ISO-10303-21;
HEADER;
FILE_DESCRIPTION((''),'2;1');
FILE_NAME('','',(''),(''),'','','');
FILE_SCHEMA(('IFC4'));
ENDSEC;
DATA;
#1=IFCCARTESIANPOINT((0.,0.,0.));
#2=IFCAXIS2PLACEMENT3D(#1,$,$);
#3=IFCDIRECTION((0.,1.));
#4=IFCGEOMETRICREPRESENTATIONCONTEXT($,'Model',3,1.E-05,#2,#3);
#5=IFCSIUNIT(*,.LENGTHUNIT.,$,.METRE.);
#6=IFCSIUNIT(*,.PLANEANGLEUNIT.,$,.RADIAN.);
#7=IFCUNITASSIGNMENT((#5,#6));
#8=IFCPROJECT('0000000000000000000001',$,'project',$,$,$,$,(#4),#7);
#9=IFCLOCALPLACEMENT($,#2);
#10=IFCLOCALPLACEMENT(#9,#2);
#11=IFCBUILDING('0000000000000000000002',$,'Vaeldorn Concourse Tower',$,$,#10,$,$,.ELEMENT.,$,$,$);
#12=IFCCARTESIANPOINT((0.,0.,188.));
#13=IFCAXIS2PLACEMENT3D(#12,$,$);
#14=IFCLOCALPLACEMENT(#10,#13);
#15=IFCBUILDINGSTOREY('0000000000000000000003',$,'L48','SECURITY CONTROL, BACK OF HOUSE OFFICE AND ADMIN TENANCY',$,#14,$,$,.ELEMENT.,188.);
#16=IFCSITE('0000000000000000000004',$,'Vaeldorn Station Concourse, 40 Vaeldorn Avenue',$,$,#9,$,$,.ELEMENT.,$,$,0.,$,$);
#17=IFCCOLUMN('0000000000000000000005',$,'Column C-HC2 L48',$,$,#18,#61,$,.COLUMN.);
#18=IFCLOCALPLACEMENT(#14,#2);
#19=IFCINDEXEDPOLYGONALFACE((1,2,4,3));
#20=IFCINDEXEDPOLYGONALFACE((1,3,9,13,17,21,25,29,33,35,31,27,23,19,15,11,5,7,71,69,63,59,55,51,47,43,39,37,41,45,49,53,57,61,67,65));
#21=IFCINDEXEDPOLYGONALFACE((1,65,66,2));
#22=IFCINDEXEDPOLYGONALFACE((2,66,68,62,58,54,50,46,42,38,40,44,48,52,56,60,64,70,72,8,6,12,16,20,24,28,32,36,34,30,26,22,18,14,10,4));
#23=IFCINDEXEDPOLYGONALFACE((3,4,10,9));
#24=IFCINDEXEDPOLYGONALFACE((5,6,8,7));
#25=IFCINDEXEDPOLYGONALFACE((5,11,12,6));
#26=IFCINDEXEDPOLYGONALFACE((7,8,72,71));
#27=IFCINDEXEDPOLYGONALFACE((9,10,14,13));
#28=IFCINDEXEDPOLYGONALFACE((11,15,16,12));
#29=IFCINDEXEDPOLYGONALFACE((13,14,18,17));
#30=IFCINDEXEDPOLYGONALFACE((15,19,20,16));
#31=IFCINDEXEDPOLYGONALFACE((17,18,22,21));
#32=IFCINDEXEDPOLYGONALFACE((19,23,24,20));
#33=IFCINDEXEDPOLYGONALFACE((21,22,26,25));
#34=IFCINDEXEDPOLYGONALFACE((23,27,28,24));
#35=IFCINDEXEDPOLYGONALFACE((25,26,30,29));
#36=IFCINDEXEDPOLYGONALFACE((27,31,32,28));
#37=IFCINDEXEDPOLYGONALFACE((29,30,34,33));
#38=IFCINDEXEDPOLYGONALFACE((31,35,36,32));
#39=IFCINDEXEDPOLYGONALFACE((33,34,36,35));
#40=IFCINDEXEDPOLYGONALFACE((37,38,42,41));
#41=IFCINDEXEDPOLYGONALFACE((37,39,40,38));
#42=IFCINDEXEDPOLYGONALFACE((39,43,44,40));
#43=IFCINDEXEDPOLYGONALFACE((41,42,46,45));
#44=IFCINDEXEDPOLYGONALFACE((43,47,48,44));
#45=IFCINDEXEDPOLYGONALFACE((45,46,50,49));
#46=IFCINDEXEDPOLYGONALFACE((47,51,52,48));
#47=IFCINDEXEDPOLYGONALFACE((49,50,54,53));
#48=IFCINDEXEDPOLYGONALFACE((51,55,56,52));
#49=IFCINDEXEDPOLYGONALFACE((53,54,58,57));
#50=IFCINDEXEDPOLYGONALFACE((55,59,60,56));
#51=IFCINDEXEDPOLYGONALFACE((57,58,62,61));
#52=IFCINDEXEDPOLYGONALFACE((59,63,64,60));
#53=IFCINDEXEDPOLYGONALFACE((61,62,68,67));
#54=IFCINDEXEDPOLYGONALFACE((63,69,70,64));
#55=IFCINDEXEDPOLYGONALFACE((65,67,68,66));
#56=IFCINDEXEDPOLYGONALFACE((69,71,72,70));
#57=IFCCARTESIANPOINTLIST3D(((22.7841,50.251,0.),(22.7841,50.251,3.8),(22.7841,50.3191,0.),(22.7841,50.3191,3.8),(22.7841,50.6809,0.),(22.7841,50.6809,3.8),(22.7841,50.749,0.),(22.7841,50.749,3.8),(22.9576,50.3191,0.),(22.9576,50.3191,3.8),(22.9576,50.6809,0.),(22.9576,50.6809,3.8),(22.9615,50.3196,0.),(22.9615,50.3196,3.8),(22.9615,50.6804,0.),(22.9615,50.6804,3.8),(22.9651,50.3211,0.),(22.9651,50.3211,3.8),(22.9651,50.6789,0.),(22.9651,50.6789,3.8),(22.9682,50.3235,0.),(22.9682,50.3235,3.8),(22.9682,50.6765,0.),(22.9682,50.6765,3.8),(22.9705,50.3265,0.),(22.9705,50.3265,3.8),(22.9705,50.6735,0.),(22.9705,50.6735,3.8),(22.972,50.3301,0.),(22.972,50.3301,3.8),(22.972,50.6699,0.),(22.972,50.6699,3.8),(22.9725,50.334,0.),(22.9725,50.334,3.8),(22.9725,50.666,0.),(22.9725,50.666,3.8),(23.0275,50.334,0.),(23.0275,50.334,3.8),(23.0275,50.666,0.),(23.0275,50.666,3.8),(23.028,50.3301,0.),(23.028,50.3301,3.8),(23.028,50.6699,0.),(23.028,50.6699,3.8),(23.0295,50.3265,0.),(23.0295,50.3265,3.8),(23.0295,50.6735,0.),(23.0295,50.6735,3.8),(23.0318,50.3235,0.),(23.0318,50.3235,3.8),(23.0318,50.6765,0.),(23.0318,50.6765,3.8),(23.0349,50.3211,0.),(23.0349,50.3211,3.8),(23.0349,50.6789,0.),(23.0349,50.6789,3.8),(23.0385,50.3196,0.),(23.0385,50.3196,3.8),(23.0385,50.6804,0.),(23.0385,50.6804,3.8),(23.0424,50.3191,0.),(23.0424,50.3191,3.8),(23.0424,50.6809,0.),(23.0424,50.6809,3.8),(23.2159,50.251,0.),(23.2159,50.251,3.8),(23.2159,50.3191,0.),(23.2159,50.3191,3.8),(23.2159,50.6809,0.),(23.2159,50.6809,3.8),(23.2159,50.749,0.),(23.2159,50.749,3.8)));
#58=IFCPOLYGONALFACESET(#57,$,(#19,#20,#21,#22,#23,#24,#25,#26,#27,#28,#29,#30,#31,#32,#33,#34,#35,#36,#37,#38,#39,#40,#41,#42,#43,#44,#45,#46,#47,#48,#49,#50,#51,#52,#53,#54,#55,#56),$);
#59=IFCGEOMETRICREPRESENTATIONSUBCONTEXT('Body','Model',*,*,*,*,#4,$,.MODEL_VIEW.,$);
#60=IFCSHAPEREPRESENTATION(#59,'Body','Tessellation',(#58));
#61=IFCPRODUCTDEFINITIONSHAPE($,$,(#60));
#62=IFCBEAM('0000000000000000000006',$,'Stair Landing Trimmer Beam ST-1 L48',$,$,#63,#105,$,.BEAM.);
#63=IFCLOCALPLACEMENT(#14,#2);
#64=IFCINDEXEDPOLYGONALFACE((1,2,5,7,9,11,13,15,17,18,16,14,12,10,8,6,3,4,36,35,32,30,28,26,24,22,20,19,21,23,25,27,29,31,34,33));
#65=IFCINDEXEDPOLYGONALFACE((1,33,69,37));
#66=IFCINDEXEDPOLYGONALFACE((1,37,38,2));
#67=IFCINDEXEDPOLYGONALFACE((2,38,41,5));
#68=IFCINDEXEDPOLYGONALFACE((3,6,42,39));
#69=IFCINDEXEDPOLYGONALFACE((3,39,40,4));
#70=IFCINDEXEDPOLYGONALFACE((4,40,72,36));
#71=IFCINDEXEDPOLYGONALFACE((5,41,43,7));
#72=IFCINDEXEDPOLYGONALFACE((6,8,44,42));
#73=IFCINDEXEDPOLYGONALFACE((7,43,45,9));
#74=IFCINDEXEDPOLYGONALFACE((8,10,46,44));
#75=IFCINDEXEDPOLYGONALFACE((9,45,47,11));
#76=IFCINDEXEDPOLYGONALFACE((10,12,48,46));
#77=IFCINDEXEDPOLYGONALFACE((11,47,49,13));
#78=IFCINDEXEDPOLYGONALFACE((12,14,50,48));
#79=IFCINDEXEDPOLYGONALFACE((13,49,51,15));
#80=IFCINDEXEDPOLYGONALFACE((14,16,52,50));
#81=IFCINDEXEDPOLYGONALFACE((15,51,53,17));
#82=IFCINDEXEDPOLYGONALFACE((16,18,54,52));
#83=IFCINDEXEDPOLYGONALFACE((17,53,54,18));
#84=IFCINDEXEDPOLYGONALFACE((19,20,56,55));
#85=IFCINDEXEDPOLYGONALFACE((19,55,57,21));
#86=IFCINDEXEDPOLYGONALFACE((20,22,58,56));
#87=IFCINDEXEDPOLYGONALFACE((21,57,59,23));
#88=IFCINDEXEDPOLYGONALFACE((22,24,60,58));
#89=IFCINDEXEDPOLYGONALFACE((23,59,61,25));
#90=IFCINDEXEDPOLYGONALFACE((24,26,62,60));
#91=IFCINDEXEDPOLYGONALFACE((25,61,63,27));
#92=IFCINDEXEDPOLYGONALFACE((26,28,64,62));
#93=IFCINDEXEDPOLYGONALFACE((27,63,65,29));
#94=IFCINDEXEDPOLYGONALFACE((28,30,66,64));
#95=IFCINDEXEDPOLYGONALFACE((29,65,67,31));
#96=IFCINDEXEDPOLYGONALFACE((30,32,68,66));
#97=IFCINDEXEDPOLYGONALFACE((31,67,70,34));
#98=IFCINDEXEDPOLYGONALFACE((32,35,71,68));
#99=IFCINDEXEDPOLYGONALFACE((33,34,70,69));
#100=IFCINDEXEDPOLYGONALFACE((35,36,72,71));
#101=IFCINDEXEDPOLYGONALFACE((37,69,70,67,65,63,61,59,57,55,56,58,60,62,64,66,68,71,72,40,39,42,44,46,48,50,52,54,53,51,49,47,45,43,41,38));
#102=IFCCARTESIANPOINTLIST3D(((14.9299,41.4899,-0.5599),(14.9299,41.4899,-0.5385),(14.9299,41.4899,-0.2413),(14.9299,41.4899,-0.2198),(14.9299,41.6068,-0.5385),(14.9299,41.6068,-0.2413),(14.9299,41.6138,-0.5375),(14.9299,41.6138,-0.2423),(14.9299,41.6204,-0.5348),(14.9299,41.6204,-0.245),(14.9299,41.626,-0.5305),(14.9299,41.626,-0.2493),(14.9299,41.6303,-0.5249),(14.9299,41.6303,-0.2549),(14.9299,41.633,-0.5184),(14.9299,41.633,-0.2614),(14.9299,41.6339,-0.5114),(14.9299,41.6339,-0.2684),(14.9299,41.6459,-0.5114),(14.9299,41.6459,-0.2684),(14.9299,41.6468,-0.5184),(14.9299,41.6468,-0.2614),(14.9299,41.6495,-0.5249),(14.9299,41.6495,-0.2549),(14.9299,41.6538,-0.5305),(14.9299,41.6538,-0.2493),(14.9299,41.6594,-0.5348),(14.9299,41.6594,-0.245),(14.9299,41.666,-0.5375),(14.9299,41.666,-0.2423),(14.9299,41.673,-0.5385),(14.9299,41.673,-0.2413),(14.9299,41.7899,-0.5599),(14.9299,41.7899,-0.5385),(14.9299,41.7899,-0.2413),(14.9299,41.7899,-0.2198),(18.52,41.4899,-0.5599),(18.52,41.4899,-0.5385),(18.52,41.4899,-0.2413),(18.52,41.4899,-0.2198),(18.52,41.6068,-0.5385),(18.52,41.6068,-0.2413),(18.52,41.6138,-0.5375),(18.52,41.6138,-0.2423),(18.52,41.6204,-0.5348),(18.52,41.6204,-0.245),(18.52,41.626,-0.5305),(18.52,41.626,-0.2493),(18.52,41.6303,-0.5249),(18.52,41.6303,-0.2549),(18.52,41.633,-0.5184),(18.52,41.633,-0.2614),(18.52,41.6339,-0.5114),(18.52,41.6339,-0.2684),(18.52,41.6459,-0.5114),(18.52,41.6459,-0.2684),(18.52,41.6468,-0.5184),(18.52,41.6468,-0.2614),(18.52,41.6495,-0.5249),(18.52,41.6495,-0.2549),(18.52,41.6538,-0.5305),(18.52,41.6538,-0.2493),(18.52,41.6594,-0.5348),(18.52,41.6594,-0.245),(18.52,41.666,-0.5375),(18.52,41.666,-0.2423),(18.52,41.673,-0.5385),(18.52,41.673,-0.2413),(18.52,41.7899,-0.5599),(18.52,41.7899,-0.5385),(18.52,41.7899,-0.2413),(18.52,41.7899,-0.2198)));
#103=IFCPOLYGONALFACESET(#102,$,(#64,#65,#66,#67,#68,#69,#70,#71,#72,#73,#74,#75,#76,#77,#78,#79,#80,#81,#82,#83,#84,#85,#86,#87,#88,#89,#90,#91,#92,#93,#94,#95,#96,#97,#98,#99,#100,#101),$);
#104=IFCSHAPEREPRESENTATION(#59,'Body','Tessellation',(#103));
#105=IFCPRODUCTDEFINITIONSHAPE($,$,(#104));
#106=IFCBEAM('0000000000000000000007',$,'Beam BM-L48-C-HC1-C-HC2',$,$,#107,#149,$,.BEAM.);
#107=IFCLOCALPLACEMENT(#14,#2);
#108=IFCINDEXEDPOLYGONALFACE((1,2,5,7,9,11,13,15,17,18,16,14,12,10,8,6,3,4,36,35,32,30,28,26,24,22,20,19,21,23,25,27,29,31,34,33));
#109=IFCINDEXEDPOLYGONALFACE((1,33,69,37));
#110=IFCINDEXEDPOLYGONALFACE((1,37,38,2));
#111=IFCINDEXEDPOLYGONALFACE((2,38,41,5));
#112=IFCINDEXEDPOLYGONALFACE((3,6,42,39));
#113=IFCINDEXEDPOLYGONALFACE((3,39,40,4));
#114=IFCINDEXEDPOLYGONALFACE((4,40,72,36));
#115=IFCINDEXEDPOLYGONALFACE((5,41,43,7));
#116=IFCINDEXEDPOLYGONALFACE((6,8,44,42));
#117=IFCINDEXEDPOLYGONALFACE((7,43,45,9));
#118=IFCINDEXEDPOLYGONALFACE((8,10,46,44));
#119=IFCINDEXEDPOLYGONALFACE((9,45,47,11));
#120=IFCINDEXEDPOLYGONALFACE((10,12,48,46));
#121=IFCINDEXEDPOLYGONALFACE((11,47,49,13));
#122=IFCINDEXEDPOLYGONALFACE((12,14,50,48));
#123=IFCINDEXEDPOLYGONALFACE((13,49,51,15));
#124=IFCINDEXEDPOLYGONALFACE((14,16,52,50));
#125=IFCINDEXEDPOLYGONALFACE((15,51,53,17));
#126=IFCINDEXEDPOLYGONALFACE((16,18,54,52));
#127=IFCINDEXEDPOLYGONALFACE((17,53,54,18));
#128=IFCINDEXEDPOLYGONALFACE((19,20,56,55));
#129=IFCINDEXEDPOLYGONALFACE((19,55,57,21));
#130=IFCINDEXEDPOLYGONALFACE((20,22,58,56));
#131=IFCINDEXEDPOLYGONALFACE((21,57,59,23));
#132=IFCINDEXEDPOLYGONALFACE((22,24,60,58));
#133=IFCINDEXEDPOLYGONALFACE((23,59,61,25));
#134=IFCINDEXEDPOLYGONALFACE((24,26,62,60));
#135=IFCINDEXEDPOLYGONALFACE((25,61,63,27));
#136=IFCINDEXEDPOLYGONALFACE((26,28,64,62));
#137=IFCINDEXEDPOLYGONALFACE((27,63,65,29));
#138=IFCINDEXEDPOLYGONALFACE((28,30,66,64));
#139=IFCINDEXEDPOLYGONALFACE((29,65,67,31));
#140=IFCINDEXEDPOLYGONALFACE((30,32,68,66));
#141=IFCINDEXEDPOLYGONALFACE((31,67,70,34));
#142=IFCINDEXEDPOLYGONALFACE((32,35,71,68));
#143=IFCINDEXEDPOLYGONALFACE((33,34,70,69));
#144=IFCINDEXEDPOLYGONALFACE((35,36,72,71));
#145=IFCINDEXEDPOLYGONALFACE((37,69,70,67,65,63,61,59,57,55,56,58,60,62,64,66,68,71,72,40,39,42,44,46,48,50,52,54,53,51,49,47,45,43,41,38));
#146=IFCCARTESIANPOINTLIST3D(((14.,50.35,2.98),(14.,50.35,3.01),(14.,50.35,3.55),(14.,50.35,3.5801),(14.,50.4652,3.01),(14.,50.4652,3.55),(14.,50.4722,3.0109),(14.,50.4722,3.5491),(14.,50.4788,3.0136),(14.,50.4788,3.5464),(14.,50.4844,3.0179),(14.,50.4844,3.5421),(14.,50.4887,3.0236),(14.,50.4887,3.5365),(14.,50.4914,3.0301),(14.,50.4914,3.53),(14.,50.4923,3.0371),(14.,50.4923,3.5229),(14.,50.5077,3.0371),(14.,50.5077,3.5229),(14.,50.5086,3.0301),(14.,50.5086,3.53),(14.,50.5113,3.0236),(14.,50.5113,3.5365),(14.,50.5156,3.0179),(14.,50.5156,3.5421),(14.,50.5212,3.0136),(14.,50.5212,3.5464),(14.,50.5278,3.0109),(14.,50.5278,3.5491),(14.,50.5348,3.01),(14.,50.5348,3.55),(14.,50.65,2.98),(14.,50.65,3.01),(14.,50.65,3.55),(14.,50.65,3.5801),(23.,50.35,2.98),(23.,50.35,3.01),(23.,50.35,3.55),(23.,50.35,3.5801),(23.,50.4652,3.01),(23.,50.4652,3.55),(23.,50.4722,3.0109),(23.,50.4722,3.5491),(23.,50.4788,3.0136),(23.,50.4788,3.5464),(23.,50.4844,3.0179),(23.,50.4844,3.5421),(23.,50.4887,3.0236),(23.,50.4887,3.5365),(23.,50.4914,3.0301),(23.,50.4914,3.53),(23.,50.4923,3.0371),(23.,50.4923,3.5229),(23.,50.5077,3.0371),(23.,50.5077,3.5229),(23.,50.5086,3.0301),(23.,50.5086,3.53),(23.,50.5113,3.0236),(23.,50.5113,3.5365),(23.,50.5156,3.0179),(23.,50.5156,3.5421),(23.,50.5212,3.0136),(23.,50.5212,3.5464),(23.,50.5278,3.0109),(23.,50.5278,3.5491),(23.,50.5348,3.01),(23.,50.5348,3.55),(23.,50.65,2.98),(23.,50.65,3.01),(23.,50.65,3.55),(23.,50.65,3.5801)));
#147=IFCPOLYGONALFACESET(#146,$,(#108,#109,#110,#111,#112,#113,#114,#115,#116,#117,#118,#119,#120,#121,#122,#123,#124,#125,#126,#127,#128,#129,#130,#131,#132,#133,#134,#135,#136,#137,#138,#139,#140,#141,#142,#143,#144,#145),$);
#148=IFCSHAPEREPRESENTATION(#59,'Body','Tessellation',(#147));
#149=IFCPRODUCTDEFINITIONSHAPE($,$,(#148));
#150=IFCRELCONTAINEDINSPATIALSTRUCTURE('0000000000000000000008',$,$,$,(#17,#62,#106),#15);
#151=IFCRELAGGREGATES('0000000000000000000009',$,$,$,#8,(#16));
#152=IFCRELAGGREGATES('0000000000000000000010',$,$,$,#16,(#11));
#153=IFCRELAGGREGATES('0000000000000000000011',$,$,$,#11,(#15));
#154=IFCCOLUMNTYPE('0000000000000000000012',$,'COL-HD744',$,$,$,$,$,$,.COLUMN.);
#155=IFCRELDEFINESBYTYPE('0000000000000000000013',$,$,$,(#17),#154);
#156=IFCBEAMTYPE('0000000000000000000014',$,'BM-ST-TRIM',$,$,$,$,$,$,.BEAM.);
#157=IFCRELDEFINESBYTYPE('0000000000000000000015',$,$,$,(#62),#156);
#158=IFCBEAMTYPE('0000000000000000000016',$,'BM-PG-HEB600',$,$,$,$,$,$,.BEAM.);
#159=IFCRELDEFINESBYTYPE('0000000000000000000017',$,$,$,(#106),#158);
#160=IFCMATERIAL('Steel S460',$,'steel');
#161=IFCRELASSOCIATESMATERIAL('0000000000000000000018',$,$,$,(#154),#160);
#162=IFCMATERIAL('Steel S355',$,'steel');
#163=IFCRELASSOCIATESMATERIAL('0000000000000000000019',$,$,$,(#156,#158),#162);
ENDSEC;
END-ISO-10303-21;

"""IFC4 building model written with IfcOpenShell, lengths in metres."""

from ifc_helpers import new_model, si_unit, direction, frame, origin, origin_2d, place, context, subcontext, project, spatial, i_section, extrude, source, transform, mapped, material, material_profile, profile_set, type_object, element, save


model = new_model("IFC4")

# Units and contexts
model_context = context("Model", 3, precision=1e-05, world=origin(), true_north=direction((0.0, 1.0)))
body_context = subcontext(model_context, "Body", "Model", "MODEL_VIEW")
ifc_project = project(units=[si_unit("LENGTHUNIT", "METRE"), si_unit("PLANEANGLEUNIT", "RADIAN")], contexts=[model_context])

# Site, building, storey
site_placement = place(None, origin())
site = spatial("IfcSite", under=ifc_project, at=site_placement, Name="Vaeldorn Station Concourse, 40 Vaeldorn Avenue", CompositionType="ELEMENT", RefElevation=0.0)
building_placement = place(site_placement, origin())
building = spatial("IfcBuilding", under=site, at=building_placement, Name="Vaeldorn Concourse Tower", CompositionType="ELEMENT")
storey_placement = place(building_placement, frame((0.0, 0.0, 188.0)))
storey = spatial("IfcBuildingStorey", under=building, at=storey_placement, Name="L48", Description="SECURITY CONTROL, BACK OF HOUSE OFFICE AND ADMIN TENANCY", CompositionType="ELEMENT", Elevation=188.0)

# Column
ifc_material_1 = material(Name="Steel S460", Category="steel")
ifc_material_profile_1 = material_profile(ifc_material_1, i_section(OverallWidth=0.4319, OverallDepth=0.498, WebThickness=0.0549, FlangeThickness=0.0681, FilletRadius=0.0149, at=origin_2d()), Name="HD 400x744")
ifc_profile_set_1 = profile_set([ifc_material_profile_1], Name="Steel S460")
column_type = type_object("IfcColumnType", Name="COL-HD744", PredefinedType="COLUMN", material=ifc_profile_set_1)
shared_shape_1 = source(origin(), body_context, "Body", "SweptSolid", [
    extrude(i_section(OverallWidth=0.4319, OverallDepth=0.498, WebThickness=0.0549, FlangeThickness=0.0681, FilletRadius=0.0149, at=origin_2d()), origin(), (0.0, 0.0, 1.0), 3.8),
])
column_placement = place(storey_placement, frame((23.0, 50.5, 0.0), z_axis=(0.0, 0.0, 1.0), x_axis=(1.0, 0.0, 0.0)))
element("IfcColumn", 1, at=column_placement, inside=storey, type_object=column_type, Name="Column C-HC2 L48", PredefinedType="COLUMN", context=body_context, shape_type="MappedRepresentation", body=[
    mapped(shared_shape_1, transform((0.0, 0.0, 0.0), scale=1.0)),
])

# Beams
ifc_material_2 = material(Name="Steel S355", Category="steel")
ifc_material_profile_2 = material_profile(ifc_material_2, i_section(OverallWidth=0.3, OverallDepth=0.3401, WebThickness=0.012, FlangeThickness=0.0215, FilletRadius=0.0271, at=origin_2d()), Name="HEB 340")
ifc_profile_set_2 = profile_set([ifc_material_profile_2], Name="Steel S355")
beam_type_1 = type_object("IfcBeamType", Name="BM-ST-TRIM", PredefinedType="BEAM", material=ifc_profile_set_2)
shared_shape_2 = source(origin(), body_context, "Body", "SweptSolid", [
    extrude(i_section(OverallWidth=0.3, OverallDepth=0.3401, WebThickness=0.012, FlangeThickness=0.0215, FilletRadius=0.0271, at=origin_2d()), origin(), (0.0, 0.0, 1.0), 3.5901),
])
beam_1_placement = place(storey_placement, frame((14.9299, 41.6399, -0.3899), z_axis=(1.0, 0.0, 0.0), x_axis=(0.0, 1.0, 0.0)))
element("IfcBeam", 2, at=beam_1_placement, inside=storey, type_object=beam_type_1, Name="Stair Landing Trimmer Beam ST-1 L48", PredefinedType="BEAM", context=body_context, shape_type="MappedRepresentation", body=[
    mapped(shared_shape_2, transform((0.0, 0.0, 0.0), scale=1.0)),
])
ifc_material_profile_3 = material_profile(ifc_material_2, i_section(OverallWidth=0.3, OverallDepth=0.6001, WebThickness=0.0154, FlangeThickness=0.03, FilletRadius=0.0271, at=origin_2d()), Name="HEB 600")
ifc_profile_set_3 = profile_set([ifc_material_profile_3], Name="Steel S355")
beam_type_2 = type_object("IfcBeamType", Name="BM-PG-HEB600", PredefinedType="BEAM", material=ifc_profile_set_3)
shared_shape_3 = source(origin(), body_context, "Body", "SweptSolid", [
    extrude(i_section(OverallWidth=0.3, OverallDepth=0.6001, WebThickness=0.0154, FlangeThickness=0.03, FilletRadius=0.0271, at=origin_2d()), origin(), (0.0, 0.0, 1.0), 9.0),
])
beam_2_placement = place(storey_placement, frame((14.0, 50.5, 3.28), z_axis=(1.0, 0.0, 0.0), x_axis=(0.0, 1.0, 0.0)))
element("IfcBeam", 3, at=beam_2_placement, inside=storey, type_object=beam_type_2, Name="Beam BM-L48-C-HC1-C-HC2", PredefinedType="BEAM", context=body_context, shape_type="MappedRepresentation", body=[
    mapped(shared_shape_3, transform((0.0, 0.0, 0.0), scale=1.0)),
])

save(model, "model.ifc")
